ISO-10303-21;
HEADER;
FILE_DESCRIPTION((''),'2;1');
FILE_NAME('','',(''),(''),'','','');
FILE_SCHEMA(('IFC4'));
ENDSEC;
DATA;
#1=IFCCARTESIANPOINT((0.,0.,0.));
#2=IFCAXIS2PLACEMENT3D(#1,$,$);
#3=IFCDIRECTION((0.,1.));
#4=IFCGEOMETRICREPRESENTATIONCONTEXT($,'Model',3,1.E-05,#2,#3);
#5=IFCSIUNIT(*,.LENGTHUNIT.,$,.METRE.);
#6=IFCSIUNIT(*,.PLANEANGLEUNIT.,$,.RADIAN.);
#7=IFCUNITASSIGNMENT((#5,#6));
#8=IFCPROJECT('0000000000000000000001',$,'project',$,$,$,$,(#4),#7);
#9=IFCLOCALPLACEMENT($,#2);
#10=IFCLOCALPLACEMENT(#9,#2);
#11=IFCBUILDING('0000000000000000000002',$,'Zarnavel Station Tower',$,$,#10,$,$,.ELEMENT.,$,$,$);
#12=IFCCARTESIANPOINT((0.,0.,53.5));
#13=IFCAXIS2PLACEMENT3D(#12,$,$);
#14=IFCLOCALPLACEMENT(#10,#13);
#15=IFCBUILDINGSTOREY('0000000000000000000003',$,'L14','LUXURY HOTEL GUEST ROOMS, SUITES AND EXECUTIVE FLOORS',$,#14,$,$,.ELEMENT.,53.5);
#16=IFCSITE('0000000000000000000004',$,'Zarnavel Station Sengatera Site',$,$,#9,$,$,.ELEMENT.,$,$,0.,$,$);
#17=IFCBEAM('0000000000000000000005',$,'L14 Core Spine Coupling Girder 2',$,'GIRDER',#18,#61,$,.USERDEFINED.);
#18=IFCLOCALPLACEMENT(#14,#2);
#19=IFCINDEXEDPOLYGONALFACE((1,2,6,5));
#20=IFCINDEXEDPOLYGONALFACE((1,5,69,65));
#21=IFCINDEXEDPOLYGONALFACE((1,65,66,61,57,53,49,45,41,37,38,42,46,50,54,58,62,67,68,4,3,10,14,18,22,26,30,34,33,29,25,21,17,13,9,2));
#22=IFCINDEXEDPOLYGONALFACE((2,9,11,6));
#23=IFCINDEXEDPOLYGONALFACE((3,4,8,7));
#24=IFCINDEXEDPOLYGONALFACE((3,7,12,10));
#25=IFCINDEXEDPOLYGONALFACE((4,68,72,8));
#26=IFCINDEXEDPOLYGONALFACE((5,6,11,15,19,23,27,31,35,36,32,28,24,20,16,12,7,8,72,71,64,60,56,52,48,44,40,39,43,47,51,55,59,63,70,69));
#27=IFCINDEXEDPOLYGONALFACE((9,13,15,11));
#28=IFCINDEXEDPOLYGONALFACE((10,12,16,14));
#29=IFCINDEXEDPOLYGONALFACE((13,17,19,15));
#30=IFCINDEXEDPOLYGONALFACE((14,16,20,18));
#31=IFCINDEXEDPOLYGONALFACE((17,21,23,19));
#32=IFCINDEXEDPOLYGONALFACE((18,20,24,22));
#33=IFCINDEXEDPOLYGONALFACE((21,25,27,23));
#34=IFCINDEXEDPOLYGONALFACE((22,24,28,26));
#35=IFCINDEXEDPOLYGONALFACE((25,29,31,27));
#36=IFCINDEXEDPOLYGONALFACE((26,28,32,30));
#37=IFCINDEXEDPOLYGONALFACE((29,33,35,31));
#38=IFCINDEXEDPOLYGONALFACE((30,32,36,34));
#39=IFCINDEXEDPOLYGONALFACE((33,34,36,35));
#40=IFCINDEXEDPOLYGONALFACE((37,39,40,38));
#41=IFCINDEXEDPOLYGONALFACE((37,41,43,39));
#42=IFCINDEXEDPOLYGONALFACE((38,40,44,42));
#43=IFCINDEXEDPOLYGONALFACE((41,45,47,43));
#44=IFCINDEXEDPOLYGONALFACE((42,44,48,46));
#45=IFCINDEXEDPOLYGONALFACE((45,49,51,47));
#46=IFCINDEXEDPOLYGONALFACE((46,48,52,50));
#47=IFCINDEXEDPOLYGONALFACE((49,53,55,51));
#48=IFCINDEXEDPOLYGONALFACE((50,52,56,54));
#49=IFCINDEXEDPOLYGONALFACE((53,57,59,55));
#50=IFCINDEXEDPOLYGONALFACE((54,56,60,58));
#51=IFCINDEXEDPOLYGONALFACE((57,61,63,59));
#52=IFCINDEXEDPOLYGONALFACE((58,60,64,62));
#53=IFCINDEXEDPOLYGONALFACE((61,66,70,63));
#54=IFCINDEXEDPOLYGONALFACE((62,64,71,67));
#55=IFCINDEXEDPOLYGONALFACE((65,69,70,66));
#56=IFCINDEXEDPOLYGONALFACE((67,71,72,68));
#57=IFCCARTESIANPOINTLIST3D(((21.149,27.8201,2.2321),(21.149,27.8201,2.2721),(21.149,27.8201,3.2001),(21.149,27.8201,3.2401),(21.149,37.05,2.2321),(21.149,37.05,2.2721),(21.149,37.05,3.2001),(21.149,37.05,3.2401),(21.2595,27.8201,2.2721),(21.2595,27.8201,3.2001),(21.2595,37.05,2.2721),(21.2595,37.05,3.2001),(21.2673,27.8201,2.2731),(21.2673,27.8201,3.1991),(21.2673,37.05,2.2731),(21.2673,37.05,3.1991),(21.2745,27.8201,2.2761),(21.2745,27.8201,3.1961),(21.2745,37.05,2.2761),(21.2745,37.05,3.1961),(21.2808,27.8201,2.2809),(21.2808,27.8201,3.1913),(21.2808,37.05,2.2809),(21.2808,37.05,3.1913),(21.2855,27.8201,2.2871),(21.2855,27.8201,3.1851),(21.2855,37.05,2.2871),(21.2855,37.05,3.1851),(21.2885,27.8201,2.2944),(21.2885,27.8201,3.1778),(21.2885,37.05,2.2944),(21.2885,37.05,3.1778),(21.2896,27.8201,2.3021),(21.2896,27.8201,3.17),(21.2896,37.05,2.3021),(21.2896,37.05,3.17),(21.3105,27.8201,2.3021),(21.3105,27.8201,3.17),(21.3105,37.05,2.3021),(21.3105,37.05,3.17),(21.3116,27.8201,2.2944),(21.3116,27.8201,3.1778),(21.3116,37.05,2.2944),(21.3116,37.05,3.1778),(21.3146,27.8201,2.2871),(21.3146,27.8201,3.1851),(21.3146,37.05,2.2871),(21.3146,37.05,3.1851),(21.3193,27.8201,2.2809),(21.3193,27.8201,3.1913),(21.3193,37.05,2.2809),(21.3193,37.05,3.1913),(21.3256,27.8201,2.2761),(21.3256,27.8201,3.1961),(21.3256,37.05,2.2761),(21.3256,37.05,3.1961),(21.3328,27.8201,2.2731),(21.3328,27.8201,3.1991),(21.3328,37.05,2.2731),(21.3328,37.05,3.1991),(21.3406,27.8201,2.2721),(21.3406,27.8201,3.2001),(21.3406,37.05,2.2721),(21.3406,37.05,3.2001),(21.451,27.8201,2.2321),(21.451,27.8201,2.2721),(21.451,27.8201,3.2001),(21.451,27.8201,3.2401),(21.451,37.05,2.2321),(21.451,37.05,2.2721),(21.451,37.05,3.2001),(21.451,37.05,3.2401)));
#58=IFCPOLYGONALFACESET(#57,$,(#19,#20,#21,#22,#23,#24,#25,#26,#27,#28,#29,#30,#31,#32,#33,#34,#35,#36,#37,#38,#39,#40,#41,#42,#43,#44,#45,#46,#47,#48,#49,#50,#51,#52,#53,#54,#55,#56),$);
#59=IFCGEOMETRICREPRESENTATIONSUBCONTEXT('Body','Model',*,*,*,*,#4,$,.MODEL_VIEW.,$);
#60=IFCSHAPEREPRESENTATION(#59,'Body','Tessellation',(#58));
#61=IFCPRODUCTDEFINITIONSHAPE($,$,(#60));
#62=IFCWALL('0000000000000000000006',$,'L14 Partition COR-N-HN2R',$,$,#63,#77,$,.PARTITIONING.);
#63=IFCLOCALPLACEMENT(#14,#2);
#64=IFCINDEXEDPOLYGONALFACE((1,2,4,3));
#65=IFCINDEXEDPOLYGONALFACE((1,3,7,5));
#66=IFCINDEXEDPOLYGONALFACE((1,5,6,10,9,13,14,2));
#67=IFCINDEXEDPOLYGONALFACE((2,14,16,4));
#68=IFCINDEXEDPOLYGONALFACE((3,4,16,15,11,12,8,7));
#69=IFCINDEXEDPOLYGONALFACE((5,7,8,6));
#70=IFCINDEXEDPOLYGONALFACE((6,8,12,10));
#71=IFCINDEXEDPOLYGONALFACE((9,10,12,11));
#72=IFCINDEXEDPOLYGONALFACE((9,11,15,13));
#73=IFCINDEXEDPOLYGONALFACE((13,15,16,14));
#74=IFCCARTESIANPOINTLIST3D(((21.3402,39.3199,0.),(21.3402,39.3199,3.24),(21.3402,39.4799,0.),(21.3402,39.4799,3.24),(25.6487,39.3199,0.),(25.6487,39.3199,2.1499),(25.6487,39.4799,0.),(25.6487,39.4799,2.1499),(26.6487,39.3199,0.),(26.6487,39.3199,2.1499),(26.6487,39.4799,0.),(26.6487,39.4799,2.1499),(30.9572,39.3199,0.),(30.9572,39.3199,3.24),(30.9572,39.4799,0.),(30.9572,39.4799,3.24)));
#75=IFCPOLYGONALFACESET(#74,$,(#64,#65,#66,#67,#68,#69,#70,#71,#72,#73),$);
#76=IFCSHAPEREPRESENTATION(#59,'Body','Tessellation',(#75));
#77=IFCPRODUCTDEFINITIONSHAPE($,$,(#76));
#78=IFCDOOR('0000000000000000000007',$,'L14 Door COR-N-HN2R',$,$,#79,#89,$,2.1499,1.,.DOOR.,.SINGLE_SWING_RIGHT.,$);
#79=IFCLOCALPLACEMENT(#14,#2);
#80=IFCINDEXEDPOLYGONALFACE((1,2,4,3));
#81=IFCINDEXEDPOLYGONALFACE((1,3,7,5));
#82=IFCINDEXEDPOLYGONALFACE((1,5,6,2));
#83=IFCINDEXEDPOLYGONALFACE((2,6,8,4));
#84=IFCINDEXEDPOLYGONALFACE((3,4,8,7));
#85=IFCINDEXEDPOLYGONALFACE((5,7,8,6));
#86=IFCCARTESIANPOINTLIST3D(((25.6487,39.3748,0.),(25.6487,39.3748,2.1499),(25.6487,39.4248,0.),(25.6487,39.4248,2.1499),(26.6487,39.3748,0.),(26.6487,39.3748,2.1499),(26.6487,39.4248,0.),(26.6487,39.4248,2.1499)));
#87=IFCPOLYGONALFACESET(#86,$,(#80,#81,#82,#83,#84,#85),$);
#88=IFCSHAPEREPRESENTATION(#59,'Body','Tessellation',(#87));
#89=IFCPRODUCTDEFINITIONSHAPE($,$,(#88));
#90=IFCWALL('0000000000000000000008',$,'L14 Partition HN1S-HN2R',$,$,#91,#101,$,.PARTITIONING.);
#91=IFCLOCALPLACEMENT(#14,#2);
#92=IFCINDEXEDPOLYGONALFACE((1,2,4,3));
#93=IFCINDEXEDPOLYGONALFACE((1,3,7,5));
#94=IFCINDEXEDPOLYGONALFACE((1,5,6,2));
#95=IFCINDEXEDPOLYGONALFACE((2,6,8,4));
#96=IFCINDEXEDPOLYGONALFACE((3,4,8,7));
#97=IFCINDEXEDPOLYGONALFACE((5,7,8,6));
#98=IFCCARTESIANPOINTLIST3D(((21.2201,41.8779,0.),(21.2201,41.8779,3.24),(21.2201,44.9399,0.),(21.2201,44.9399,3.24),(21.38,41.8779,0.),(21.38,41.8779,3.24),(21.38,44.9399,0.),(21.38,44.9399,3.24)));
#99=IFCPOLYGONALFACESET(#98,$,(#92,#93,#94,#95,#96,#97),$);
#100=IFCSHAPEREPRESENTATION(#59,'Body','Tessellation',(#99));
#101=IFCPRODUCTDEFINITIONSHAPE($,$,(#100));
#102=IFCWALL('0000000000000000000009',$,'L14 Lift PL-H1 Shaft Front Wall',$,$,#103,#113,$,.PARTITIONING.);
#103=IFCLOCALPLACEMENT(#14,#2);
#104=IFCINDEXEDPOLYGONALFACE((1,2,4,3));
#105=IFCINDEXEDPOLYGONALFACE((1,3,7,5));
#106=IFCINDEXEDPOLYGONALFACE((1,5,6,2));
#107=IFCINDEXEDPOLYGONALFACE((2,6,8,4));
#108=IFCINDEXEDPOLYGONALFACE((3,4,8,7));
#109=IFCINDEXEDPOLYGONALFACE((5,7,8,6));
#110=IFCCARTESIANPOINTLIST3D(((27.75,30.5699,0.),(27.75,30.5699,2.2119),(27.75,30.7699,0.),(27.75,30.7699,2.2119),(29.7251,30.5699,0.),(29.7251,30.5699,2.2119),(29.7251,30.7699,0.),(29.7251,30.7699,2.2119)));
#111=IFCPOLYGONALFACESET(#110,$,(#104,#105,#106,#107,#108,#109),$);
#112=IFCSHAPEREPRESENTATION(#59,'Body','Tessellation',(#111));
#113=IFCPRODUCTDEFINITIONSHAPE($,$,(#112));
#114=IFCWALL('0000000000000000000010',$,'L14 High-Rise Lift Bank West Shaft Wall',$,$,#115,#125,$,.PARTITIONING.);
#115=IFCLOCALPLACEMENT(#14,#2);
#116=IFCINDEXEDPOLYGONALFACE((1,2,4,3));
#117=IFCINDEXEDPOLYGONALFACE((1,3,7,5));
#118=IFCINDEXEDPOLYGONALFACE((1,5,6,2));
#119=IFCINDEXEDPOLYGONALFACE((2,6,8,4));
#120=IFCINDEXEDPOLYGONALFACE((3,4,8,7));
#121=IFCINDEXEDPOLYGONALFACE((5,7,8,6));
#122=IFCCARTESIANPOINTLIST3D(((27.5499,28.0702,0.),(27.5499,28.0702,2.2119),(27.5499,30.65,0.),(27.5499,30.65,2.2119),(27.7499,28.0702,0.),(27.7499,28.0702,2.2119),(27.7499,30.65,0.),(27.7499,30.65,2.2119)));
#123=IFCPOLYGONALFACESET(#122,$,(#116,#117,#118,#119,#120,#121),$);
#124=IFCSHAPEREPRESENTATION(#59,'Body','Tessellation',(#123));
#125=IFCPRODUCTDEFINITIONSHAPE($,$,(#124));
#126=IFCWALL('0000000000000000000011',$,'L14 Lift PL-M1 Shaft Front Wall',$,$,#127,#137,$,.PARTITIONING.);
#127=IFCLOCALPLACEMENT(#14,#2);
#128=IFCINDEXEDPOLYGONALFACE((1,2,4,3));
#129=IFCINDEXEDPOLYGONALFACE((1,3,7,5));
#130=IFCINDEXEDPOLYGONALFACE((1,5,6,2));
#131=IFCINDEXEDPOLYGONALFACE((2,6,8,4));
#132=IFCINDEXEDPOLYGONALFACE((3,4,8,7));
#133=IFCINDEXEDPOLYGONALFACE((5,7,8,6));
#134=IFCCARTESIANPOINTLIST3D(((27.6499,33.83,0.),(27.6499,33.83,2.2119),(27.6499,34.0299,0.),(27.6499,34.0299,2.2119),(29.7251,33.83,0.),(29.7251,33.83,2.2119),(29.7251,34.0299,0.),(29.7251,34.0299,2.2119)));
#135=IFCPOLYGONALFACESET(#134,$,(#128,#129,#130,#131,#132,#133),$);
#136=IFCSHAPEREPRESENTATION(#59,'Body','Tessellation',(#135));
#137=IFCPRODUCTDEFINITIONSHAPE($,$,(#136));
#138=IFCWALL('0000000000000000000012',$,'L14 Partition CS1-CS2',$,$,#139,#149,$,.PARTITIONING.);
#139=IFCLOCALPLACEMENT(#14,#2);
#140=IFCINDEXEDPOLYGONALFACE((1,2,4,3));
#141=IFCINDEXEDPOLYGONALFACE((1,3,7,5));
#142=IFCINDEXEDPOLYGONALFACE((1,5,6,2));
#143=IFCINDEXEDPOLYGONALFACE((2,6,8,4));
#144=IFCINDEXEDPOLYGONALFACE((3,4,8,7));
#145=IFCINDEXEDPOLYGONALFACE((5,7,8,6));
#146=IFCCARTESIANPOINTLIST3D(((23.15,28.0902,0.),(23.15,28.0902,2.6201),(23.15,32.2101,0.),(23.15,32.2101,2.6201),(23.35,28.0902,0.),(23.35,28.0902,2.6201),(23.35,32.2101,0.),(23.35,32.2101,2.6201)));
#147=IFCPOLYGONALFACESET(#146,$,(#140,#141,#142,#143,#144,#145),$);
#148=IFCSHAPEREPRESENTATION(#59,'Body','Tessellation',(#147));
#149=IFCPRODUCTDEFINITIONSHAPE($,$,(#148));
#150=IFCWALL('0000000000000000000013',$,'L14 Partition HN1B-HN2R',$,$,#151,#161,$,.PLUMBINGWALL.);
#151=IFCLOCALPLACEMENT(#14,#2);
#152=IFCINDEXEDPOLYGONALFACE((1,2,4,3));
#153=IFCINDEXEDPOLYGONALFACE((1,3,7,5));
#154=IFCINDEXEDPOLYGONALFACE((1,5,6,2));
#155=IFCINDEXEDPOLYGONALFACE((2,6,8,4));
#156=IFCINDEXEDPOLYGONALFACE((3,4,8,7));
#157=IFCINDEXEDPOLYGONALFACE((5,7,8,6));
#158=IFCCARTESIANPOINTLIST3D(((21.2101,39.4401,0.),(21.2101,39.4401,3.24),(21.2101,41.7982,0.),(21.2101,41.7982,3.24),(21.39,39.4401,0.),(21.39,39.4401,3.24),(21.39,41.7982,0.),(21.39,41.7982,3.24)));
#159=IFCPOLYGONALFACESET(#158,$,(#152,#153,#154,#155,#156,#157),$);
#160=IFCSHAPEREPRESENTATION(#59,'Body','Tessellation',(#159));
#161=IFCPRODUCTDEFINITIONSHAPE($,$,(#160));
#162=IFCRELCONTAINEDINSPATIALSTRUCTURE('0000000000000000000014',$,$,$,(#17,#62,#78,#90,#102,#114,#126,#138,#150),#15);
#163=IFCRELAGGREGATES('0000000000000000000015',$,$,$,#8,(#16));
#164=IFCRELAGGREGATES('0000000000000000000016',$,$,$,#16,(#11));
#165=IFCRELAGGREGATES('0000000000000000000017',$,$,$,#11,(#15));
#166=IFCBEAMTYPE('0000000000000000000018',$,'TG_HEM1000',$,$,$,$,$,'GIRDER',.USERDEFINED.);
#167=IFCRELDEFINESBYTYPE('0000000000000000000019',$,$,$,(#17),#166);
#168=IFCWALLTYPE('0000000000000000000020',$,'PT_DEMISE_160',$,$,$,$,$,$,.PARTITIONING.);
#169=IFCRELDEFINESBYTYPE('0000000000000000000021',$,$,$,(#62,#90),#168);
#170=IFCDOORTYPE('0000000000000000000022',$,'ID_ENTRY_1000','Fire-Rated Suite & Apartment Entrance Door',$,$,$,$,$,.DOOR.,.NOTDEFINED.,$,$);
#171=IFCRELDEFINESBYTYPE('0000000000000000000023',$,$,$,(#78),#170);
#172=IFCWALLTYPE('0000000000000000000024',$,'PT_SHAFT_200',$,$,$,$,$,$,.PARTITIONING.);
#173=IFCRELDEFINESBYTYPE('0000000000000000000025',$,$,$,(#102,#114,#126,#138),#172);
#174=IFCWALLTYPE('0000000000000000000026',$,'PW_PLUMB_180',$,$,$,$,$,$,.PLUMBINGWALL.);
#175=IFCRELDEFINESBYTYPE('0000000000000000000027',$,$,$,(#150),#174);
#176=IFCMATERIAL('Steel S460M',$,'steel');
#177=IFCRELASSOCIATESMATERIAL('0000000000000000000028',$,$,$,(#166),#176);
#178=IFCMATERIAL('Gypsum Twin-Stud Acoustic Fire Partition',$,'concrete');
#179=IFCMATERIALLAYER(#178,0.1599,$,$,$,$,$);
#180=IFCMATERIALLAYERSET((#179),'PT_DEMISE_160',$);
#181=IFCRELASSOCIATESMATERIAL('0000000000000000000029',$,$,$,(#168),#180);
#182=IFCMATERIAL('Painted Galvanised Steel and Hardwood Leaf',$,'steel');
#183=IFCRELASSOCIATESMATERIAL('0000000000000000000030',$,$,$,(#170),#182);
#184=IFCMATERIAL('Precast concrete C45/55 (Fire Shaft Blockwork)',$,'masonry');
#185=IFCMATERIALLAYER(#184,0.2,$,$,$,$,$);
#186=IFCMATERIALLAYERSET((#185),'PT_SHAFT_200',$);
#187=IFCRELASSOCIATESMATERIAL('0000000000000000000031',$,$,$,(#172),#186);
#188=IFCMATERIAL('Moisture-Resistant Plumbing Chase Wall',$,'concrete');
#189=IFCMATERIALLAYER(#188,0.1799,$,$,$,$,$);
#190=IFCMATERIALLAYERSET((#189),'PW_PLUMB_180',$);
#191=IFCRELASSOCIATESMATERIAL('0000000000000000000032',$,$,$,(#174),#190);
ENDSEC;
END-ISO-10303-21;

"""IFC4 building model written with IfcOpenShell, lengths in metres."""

from ifc_helpers import new_model, si_unit, direction, frame, frame_2d, origin, origin_2d, place, context, subcontext, project, spatial, rectangle, i_section, extrude, material, layer, layer_set, material_profile, profile_set, type_object, element, fill, save


model = new_model("IFC4")

# Units and contexts
model_context = context("Model", 3, precision=1e-05, world=origin(), true_north=direction((0.0, 1.0)))
body_context = subcontext(model_context, "Body", "Model", "MODEL_VIEW")
ifc_project = project(units=[si_unit("LENGTHUNIT", "METRE"), si_unit("PLANEANGLEUNIT", "RADIAN")], contexts=[model_context])

# Site, building, storey
site_placement = place(None, origin())
site = spatial("IfcSite", under=ifc_project, at=site_placement, Name="Zarnavel Station Sengatera Site", CompositionType="ELEMENT", RefElevation=0.0)
building_placement = place(site_placement, origin())
building = spatial("IfcBuilding", under=site, at=building_placement, Name="Zarnavel Station Tower", CompositionType="ELEMENT")
storey_placement = place(building_placement, frame((0.0, 0.0, 53.5)))
storey = spatial("IfcBuildingStorey", under=building, at=storey_placement, Name="L14", Description="LUXURY HOTEL GUEST ROOMS, SUITES AND EXECUTIVE FLOORS", CompositionType="ELEMENT", Elevation=53.5)

# Beam
ifc_material_1 = material(Name="Steel S460M", Category="steel")
ifc_material_profile_1 = material_profile(ifc_material_1, i_section(OverallWidth=0.302, OverallDepth=1.0081, WebThickness=0.021, FlangeThickness=0.04, FilletRadius=0.03, at=origin_2d()), Name="HEM1000")
ifc_profile_set_1 = profile_set([ifc_material_profile_1], Name="Steel S460M")
beam_type_1 = type_object("IfcBeamType", Name="TG_HEM1000", ElementType="GIRDER", PredefinedType="USERDEFINED", material=ifc_profile_set_1)
beam_1_placement = place(storey_placement, frame((21.3, 27.8201, 2.7361), z_axis=(0.0, 1.0, 0.0), x_axis=(-1.0, 0.0, 0.0)))
element("IfcBeam", 1, at=beam_1_placement, inside=storey, type_object=beam_type_1, Name="L14 Core Spine Coupling Girder 2", ObjectType="GIRDER", PredefinedType="USERDEFINED", context=body_context, shape_type="SweptSolid", body=[
    extrude(i_section(OverallWidth=0.302, OverallDepth=1.0081, WebThickness=0.021, FlangeThickness=0.04, FilletRadius=0.03, at=origin_2d()), origin(), (0.0, 0.0, 1.0), 9.23),
])

# Wall, opening, door
ifc_material_2 = material(Name="Gypsum Twin-Stud Acoustic Fire Partition", Category="concrete")
ifc_layer_1 = layer(ifc_material_2, 0.1599)
ifc_layer_set_1 = layer_set([ifc_layer_1], Name="PT_DEMISE_160")
wall_type_1 = type_object("IfcWallType", Name="PT_DEMISE_160", PredefinedType="PARTITIONING", material=ifc_layer_set_1)
wall_1_placement = place(storey_placement, frame((21.3401, 39.3999, 0.0), z_axis=(0.0, 0.0, 1.0), x_axis=(1.0, 0.0, 0.0)))
wall_1 = element("IfcWall", 2, at=wall_1_placement, inside=storey, type_object=wall_type_1, Name="L14 Partition COR-N-HN2R", PredefinedType="PARTITIONING", context=body_context, shape_type="SweptSolid", body=[
    extrude(rectangle(XDim=9.6169, YDim=0.1599, at=frame_2d((4.8086, 0.0))), origin(), (0.0, 0.0, 1.0), 3.24),
])
opening_1_placement = place(wall_1_placement, frame((4.3086, 0.0, 0.0)))
opening_1 = element("IfcOpeningElement", 3, at=opening_1_placement, cuts=wall_1, PredefinedType="OPENING", context=body_context, shape_type="SweptSolid", body=[
    extrude(rectangle(XDim=1.0, YDim=2.1499, at=frame_2d((0.5, 1.075))), frame((0.0, 0.0898, 0.0), z_axis=(0.0, -1.0, 0.0), x_axis=(1.0, 0.0, 0.0)), (0.0, 0.0, 1.0), 0.1799),
])
ifc_material_3 = material(Name="Painted Galvanised Steel and Hardwood Leaf", Category="steel")
door_type_1 = type_object("IfcDoorType", Name="ID_ENTRY_1000", Description="Fire-Rated Suite & Apartment Entrance Door", OperationType="NOTDEFINED", PredefinedType="DOOR", material=ifc_material_3)
door_1_placement = place(opening_1_placement, origin())
door_1 = element("IfcDoor", 4, at=door_1_placement, inside=storey, type_object=door_type_1, Name="L14 Door COR-N-HN2R", OperationType="SINGLE_SWING_RIGHT", OverallHeight=2.1499, OverallWidth=1.0, PredefinedType="DOOR", context=body_context, shape_type="SweptSolid", body=[
    extrude(rectangle(XDim=1.0, YDim=2.1499, at=frame_2d((0.5, 1.075))), frame((0.0, 0.0249, 0.0), z_axis=(0.0, -1.0, 0.0), x_axis=(1.0, 0.0, 0.0)), (0.0, 0.0, 1.0), 0.05),
])
fill(opening_1, door_1)

# Walls
wall_2_placement = place(storey_placement, frame((21.3, 41.8779, 0.0), z_axis=(0.0, 0.0, 1.0), x_axis=(0.0, 1.0, 0.0)))
element("IfcWall", 5, at=wall_2_placement, inside=storey, type_object=wall_type_1, Name="L14 Partition HN1S-HN2R", PredefinedType="PARTITIONING", context=body_context, shape_type="SweptSolid", body=[
    extrude(rectangle(XDim=3.062, YDim=0.1599, at=frame_2d((1.531, 0.0))), origin(), (0.0, 0.0, 1.0), 3.24),
])
ifc_material_4 = material(Name="Precast concrete C45/55 (Fire Shaft Blockwork)", Category="masonry")
ifc_layer_2 = layer(ifc_material_4, 0.2)
ifc_layer_set_2 = layer_set([ifc_layer_2], Name="PT_SHAFT_200")
wall_type_2 = type_object("IfcWallType", Name="PT_SHAFT_200", PredefinedType="PARTITIONING", material=ifc_layer_set_2)
wall_3_placement = place(storey_placement, frame((27.75, 30.6699, 0.0), z_axis=(0.0, 0.0, 1.0), x_axis=(1.0, 0.0, 0.0)))
element("IfcWall", 6, at=wall_3_placement, inside=storey, type_object=wall_type_2, Name="L14 Lift PL-H1 Shaft Front Wall", PredefinedType="PARTITIONING", context=body_context, shape_type="SweptSolid", body=[
    extrude(rectangle(XDim=1.9751, YDim=0.2, at=frame_2d((0.9875, 0.0))), origin(), (0.0, 0.0, 1.0), 2.2119),
])
wall_4_placement = place(storey_placement, frame((27.6499, 28.0701, 0.0), z_axis=(0.0, 0.0, 1.0), x_axis=(0.0, 1.0, 0.0)))
element("IfcWall", 7, at=wall_4_placement, inside=storey, type_object=wall_type_2, Name="L14 High-Rise Lift Bank West Shaft Wall", PredefinedType="PARTITIONING", context=body_context, shape_type="SweptSolid", body=[
    extrude(rectangle(XDim=2.5798, YDim=0.2, at=frame_2d((1.29, 0.0))), origin(), (0.0, 0.0, 1.0), 2.2119),
])

# Wall
wall_5_placement = place(storey_placement, frame((27.6499, 33.9299, 0.0), z_axis=(0.0, 0.0, 1.0), x_axis=(1.0, 0.0, 0.0)))
element("IfcWall", 8, at=wall_5_placement, inside=storey, type_object=wall_type_2, Name="L14 Lift PL-M1 Shaft Front Wall", PredefinedType="PARTITIONING", context=body_context, shape_type="SweptSolid", body=[
    extrude(rectangle(XDim=2.0752, YDim=0.2, at=frame_2d((1.0376, 0.0))), origin(), (0.0, 0.0, 1.0), 2.2119),
])

# Walls
wall_6_placement = place(storey_placement, frame((23.25, 28.0901, 0.0), z_axis=(0.0, 0.0, 1.0), x_axis=(0.0, 1.0, 0.0)))
element("IfcWall", 9, at=wall_6_placement, inside=storey, type_object=wall_type_2, Name="L14 Partition CS1-CS2", PredefinedType="PARTITIONING", context=body_context, shape_type="SweptSolid", body=[
    extrude(rectangle(XDim=4.1199, YDim=0.2, at=frame_2d((2.0601, 0.0))), origin(), (0.0, 0.0, 1.0), 2.6201),
])
ifc_material_5 = material(Name="Moisture-Resistant Plumbing Chase Wall", Category="concrete")
ifc_layer_3 = layer(ifc_material_5, 0.1799)
ifc_layer_set_3 = layer_set([ifc_layer_3], Name="PW_PLUMB_180")
wall_type_3 = type_object("IfcWallType", Name="PW_PLUMB_180", PredefinedType="PLUMBINGWALL", material=ifc_layer_set_3)
wall_7_placement = place(storey_placement, frame((21.3, 39.4399, 0.0), z_axis=(0.0, 0.0, 1.0), x_axis=(0.0, 1.0, 0.0)))
element("IfcWall", 10, at=wall_7_placement, inside=storey, type_object=wall_type_3, Name="L14 Partition HN1B-HN2R", PredefinedType="PLUMBINGWALL", context=body_context, shape_type="SweptSolid", body=[
    extrude(rectangle(XDim=2.3582, YDim=0.1799, at=frame_2d((1.1792, 0.0))), origin(), (0.0, 0.0, 1.0), 3.24),
])

save(model, "model.ifc")
